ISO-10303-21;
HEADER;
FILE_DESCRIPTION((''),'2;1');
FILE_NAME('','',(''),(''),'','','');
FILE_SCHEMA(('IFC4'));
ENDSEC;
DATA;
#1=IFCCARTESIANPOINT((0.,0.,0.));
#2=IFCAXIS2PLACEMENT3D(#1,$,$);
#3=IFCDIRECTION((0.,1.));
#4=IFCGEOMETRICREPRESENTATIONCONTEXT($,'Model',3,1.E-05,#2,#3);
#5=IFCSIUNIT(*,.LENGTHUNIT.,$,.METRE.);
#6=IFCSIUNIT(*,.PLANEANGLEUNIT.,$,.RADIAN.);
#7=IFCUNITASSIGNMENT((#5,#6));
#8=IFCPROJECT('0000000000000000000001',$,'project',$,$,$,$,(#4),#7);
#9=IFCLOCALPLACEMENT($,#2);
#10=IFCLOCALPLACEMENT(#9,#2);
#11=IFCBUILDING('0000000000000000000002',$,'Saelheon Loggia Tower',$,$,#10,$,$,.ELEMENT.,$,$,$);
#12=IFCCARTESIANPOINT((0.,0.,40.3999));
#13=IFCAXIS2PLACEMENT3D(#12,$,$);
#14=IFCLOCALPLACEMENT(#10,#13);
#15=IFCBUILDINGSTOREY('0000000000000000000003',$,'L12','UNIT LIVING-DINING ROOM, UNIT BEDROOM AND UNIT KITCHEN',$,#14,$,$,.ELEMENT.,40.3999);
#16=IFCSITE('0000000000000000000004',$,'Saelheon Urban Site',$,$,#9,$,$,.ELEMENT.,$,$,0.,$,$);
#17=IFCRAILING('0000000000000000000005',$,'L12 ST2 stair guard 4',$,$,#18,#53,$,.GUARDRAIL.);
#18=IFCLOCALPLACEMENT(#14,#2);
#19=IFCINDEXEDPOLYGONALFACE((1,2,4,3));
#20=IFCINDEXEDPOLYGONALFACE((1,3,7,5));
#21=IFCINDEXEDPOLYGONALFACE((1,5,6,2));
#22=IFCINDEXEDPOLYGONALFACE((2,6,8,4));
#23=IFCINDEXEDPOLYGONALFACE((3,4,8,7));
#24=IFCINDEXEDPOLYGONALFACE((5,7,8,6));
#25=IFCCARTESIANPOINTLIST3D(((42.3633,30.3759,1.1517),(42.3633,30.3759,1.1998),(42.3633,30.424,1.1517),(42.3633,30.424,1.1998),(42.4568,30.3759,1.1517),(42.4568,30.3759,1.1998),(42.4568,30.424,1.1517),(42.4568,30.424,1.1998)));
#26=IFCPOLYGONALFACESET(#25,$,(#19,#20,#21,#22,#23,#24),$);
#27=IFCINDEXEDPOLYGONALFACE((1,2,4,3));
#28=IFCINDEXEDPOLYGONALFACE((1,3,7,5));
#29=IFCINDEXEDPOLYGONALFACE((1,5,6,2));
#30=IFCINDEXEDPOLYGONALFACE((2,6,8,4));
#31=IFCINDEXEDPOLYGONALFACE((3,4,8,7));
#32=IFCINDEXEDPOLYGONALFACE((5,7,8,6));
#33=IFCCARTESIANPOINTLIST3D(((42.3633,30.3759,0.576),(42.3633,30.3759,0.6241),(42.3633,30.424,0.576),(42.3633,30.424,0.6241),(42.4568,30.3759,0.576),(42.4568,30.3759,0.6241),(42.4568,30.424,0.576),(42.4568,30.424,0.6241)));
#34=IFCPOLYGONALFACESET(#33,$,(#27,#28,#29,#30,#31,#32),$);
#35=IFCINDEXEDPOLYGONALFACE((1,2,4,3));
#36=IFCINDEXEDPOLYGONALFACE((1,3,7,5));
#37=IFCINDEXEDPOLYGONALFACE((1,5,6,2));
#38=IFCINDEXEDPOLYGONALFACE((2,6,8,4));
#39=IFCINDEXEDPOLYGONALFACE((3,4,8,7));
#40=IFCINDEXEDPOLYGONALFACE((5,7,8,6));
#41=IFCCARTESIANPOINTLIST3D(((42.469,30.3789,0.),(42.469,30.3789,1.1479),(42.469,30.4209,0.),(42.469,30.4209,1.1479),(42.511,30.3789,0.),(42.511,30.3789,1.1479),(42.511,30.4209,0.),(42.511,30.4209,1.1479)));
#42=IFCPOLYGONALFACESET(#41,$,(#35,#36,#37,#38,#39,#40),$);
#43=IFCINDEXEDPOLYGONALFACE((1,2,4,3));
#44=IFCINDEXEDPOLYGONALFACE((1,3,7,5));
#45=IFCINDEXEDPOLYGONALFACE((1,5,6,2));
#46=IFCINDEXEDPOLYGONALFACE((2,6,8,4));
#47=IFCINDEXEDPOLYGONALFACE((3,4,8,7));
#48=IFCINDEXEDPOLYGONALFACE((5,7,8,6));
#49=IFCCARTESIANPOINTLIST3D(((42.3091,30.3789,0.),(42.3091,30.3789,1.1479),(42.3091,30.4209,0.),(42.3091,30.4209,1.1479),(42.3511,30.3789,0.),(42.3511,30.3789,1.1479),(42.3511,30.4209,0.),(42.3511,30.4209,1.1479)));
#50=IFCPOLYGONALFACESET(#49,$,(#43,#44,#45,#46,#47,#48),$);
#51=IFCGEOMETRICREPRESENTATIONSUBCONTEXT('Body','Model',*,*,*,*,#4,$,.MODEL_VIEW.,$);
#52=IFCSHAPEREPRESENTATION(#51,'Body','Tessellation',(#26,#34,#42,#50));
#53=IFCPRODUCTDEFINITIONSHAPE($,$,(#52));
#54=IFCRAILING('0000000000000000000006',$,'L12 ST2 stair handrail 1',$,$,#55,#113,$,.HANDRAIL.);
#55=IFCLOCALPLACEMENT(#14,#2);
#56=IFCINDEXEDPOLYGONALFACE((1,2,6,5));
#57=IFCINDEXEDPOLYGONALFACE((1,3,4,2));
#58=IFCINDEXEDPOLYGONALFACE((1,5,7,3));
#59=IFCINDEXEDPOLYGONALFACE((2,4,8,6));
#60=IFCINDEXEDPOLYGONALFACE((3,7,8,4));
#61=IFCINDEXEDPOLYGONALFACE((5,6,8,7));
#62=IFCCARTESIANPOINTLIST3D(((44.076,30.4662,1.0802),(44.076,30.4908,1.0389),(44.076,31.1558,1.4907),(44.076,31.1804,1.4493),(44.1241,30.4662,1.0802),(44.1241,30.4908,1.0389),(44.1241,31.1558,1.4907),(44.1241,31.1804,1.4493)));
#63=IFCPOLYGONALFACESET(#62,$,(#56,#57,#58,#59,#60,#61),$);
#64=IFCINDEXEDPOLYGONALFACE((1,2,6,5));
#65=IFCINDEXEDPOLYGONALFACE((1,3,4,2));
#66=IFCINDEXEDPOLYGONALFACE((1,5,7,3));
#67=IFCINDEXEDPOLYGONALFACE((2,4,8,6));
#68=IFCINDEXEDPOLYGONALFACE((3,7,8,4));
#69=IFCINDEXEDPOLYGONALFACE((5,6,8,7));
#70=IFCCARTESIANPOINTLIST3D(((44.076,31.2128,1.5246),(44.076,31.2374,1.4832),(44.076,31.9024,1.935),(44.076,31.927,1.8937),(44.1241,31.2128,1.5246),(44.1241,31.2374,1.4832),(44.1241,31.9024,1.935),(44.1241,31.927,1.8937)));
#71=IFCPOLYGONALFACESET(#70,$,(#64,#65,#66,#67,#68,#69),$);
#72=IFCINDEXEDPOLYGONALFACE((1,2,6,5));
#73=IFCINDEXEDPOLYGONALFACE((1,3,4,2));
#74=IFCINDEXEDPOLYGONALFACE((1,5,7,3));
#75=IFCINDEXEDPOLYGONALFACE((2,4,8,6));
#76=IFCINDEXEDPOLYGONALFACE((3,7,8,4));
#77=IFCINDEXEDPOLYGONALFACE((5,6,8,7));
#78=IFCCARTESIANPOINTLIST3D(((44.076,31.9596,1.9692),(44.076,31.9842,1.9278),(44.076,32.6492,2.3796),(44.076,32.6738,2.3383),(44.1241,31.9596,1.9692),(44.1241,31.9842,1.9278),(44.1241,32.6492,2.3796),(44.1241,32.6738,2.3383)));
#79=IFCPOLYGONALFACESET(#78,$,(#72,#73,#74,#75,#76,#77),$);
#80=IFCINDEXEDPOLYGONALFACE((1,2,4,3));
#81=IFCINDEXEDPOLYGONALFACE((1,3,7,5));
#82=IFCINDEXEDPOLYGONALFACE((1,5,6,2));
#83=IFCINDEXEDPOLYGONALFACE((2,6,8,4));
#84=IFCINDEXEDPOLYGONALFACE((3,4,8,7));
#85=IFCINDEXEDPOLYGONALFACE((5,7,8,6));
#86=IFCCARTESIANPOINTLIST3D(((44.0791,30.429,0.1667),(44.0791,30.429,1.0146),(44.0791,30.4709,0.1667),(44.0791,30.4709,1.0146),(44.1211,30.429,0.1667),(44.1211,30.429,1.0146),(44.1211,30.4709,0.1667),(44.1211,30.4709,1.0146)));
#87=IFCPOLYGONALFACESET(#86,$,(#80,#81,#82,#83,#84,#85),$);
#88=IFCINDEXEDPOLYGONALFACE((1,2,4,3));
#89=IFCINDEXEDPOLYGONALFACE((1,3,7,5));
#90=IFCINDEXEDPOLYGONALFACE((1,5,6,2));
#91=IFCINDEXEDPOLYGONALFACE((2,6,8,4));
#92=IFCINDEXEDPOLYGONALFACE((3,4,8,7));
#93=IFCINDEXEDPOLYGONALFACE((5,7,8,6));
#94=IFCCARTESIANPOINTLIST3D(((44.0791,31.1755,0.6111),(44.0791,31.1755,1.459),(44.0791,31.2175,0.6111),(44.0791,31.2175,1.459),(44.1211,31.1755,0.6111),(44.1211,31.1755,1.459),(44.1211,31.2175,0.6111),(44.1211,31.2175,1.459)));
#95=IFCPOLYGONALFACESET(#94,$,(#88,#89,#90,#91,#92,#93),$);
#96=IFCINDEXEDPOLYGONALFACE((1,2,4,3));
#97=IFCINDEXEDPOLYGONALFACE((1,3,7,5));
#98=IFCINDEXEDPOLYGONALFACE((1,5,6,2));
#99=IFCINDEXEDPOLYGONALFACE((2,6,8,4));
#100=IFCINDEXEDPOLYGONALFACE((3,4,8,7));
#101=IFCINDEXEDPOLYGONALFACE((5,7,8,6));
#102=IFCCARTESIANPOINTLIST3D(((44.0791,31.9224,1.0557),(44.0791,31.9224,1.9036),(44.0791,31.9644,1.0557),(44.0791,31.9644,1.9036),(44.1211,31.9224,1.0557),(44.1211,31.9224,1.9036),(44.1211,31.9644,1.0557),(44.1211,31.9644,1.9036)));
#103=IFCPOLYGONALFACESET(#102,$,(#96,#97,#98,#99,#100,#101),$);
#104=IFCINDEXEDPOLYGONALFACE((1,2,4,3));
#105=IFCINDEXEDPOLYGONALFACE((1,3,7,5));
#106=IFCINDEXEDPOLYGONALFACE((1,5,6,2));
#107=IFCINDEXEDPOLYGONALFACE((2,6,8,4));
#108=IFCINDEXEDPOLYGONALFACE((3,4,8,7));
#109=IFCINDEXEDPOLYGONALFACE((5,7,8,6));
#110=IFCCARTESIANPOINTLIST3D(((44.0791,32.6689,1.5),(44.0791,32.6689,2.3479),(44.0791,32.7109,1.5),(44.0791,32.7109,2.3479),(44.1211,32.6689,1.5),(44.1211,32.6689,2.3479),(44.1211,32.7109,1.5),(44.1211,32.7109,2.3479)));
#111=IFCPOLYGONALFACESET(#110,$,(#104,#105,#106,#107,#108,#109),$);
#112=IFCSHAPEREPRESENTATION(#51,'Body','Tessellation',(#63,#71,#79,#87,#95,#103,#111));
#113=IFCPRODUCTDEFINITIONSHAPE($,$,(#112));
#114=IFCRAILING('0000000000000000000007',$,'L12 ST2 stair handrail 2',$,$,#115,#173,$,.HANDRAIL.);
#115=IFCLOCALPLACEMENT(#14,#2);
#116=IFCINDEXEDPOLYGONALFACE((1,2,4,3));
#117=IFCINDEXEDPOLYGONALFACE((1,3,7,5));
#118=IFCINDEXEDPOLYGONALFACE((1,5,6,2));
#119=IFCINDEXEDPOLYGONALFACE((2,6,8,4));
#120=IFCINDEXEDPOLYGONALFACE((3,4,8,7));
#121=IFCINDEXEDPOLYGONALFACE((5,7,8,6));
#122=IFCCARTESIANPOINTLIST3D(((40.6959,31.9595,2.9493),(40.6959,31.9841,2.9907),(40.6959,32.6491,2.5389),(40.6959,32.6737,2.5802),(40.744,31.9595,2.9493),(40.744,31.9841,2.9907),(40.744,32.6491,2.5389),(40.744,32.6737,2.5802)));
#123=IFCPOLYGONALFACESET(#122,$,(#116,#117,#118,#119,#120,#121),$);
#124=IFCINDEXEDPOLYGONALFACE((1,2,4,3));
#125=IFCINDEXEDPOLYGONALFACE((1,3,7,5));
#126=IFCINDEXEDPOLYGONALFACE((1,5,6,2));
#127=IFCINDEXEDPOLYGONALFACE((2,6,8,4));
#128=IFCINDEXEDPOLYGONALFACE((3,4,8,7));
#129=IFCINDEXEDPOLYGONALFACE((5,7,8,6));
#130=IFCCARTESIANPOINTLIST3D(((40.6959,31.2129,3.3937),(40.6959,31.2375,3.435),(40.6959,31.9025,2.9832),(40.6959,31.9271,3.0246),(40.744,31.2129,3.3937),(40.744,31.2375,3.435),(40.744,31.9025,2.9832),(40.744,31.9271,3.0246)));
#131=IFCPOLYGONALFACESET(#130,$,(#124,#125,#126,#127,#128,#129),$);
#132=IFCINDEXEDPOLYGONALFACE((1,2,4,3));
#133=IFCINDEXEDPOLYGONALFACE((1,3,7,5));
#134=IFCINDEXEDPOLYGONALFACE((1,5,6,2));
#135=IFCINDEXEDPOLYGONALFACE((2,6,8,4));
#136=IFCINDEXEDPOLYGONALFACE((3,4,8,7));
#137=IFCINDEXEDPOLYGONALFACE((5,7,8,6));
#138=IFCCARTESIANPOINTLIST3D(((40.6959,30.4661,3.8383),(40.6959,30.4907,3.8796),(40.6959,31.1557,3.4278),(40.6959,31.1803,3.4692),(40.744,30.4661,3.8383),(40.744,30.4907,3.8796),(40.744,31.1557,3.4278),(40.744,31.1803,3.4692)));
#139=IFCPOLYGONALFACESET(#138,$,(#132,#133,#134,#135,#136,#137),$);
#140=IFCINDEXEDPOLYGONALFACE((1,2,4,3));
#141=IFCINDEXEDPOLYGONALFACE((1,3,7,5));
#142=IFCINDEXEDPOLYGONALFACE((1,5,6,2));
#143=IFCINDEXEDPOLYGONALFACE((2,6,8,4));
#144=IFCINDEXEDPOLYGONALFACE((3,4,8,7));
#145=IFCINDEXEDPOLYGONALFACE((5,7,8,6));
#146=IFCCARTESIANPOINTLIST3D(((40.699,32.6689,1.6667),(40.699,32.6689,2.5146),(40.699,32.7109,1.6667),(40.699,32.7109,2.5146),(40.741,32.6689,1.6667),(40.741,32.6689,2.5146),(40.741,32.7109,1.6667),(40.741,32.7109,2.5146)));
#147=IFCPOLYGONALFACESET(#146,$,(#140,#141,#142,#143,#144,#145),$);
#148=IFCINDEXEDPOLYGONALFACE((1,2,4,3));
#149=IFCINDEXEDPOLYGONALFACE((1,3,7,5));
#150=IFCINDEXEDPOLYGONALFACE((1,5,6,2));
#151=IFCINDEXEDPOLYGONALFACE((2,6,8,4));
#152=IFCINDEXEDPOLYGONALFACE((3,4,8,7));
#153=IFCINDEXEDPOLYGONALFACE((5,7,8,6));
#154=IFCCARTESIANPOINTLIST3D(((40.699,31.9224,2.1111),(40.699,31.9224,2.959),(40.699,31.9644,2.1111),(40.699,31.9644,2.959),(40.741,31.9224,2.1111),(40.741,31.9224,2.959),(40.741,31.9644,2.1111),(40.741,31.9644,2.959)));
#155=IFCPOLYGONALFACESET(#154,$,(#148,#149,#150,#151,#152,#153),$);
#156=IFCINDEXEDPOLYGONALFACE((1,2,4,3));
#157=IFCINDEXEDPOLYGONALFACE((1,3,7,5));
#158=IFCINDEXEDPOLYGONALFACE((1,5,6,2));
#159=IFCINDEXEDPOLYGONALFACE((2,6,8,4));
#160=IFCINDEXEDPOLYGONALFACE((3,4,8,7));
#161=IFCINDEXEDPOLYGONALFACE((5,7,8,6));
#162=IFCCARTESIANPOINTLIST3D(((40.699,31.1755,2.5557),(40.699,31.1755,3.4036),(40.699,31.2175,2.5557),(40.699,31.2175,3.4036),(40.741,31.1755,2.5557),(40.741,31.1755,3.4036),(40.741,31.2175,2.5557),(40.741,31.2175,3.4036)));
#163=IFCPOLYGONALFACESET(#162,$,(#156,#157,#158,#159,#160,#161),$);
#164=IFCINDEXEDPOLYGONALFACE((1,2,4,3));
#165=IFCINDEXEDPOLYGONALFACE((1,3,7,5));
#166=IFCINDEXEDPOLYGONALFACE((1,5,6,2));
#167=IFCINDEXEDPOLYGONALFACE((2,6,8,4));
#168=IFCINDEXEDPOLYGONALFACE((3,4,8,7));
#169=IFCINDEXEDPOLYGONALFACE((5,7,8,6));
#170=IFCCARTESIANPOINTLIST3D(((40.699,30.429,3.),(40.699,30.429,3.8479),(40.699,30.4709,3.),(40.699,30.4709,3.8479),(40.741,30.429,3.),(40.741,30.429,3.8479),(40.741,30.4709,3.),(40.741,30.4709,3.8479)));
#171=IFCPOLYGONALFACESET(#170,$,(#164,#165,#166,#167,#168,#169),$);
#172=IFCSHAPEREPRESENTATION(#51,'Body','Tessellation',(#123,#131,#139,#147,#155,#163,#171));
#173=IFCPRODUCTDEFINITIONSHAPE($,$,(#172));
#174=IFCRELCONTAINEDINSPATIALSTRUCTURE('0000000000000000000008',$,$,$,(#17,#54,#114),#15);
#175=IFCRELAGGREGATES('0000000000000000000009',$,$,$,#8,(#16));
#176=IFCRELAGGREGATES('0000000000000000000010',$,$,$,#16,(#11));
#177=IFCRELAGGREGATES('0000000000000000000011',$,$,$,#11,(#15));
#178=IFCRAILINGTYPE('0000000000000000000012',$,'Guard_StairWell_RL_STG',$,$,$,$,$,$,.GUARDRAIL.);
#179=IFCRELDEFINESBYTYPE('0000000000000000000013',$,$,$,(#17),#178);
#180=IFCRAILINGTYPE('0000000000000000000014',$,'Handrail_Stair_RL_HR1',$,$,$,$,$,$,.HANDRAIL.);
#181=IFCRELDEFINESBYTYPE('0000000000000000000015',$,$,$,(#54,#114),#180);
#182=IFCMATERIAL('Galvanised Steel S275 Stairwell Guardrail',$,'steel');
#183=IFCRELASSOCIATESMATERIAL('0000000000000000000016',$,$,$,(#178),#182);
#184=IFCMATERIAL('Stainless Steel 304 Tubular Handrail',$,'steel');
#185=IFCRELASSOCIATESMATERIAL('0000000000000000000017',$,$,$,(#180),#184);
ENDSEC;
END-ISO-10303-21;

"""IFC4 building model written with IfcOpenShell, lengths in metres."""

from ifc_helpers import new_model, si_unit, direction, frame, origin, origin_2d, place, context, subcontext, project, spatial, rectangle, extrude, material, type_object, element, save


model = new_model("IFC4")

# Units and contexts
model_context = context("Model", 3, precision=1e-05, world=origin(), true_north=direction((0.0, 1.0)))
body_context = subcontext(model_context, "Body", "Model", "MODEL_VIEW")
ifc_project = project(units=[si_unit("LENGTHUNIT", "METRE"), si_unit("PLANEANGLEUNIT", "RADIAN")], contexts=[model_context])

# Site, building, storey
site_placement = place(None, origin())
site = spatial("IfcSite", under=ifc_project, at=site_placement, Name="Saelheon Urban Site", CompositionType="ELEMENT", RefElevation=0.0)
building_placement = place(site_placement, origin())
building = spatial("IfcBuilding", under=site, at=building_placement, Name="Saelheon Loggia Tower", CompositionType="ELEMENT")
storey_placement = place(building_placement, frame((0.0, 0.0, 40.3999)))
storey = spatial("IfcBuildingStorey", under=building, at=storey_placement, Name="L12", Description="UNIT LIVING-DINING ROOM, UNIT BEDROOM AND UNIT KITCHEN", CompositionType="ELEMENT", Elevation=40.3999)

# Railings
ifc_material_1 = material(Name="Galvanised Steel S275 Stairwell Guardrail", Category="steel")
railing_type_1 = type_object("IfcRailingType", Name="Guard_StairWell_RL_STG", PredefinedType="GUARDRAIL", material=ifc_material_1)
railing_1_placement = place(storey_placement, frame((42.49, 30.3999, 0.0)))
element("IfcRailing", 1, at=railing_1_placement, inside=storey, type_object=railing_type_1, Name="L12 ST2 stair guard 4", PredefinedType="GUARDRAIL", context=body_context, shape_type="SweptSolid", body=[
    extrude(rectangle(XDim=0.0481, YDim=0.0481, at=origin_2d()), frame((-0.0332, 0.0, 1.1758), z_axis=(-1.0, 0.0, 0.0), x_axis=(0.0, -1.0, 0.0)), (0.0, 0.0, 1.0), 0.0935),
    extrude(rectangle(XDim=0.0481, YDim=0.0481, at=origin_2d()), frame((-0.0332, 0.0, 0.6001), z_axis=(-1.0, 0.0, 0.0), x_axis=(0.0, -1.0, 0.0)), (0.0, 0.0, 1.0), 0.0935),
    extrude(rectangle(XDim=0.042, YDim=0.042, at=origin_2d()), origin(), (0.0, 0.0, 1.0), 1.1479),
    extrude(rectangle(XDim=0.042, YDim=0.042, at=origin_2d()), frame((-0.1599, 0.0, 0.0)), (0.0, 0.0, 1.0), 1.1479),
])
ifc_material_2 = material(Name="Stainless Steel 304 Tubular Handrail", Category="steel")
railing_type_2 = type_object("IfcRailingType", Name="Handrail_Stair_RL_HR1", PredefinedType="HANDRAIL", material=ifc_material_2)
railing_2_placement = place(storey_placement, frame((44.1001, 30.45, 0.1667)))
element("IfcRailing", 2, at=railing_2_placement, inside=storey, type_object=railing_type_2, Name="L12 ST2 stair handrail 1", PredefinedType="HANDRAIL", context=body_context, shape_type="SweptSolid", body=[
    extrude(rectangle(XDim=0.0481, YDim=0.0481, at=origin_2d()), frame((0.0, 0.0286, 0.8928), z_axis=(0.0, 0.859306, 0.511462), x_axis=(-1.0, 0.0, 0.0)), (0.0, 0.0, 1.0), 0.8025),
    extrude(rectangle(XDim=0.0481, YDim=0.0481, at=origin_2d()), frame((0.0, 0.7751, 1.3372), z_axis=(0.0, 0.859306, 0.511462), x_axis=(-1.0, 0.0, 0.0)), (0.0, 0.0, 1.0), 0.8025),
    extrude(rectangle(XDim=0.0481, YDim=0.0481, at=origin_2d()), frame((0.0, 1.522, 1.7817), z_axis=(0.0, 0.859306, 0.511462), x_axis=(-1.0, 0.0, 0.0)), (0.0, 0.0, 1.0), 0.8025),
    extrude(rectangle(XDim=0.042, YDim=0.042, at=origin_2d()), origin(), (0.0, 0.0, 1.0), 0.8479),
    extrude(rectangle(XDim=0.042, YDim=0.042, at=origin_2d()), frame((0.0, 0.7466, 0.4443)), (0.0, 0.0, 1.0), 0.8479),
    extrude(rectangle(XDim=0.042, YDim=0.042, at=origin_2d()), frame((0.0, 1.4934, 0.8889)), (0.0, 0.0, 1.0), 0.8479),
    extrude(rectangle(XDim=0.042, YDim=0.042, at=origin_2d()), frame((0.0, 2.24, 1.3333)), (0.0, 0.0, 1.0), 0.8479),
])
railing_3_placement = place(storey_placement, frame((40.72, 32.6899, 1.6667)))
element("IfcRailing", 3, at=railing_3_placement, inside=storey, type_object=railing_type_2, Name="L12 ST2 stair handrail 2", PredefinedType="HANDRAIL", context=body_context, shape_type="SweptSolid", body=[
    extrude(rectangle(XDim=0.0481, YDim=0.0481, at=origin_2d()), frame((0.0, -0.0286, 0.8928), z_axis=(0.0, -0.859306, 0.511462), x_axis=(1.0, 0.0, 0.0)), (0.0, 0.0, 1.0), 0.8025),
    extrude(rectangle(XDim=0.0481, YDim=0.0481, at=origin_2d()), frame((0.0, -0.7751, 1.3372), z_axis=(0.0, -0.859306, 0.511462), x_axis=(1.0, 0.0, 0.0)), (0.0, 0.0, 1.0), 0.8025),
    extrude(rectangle(XDim=0.0481, YDim=0.0481, at=origin_2d()), frame((0.0, -1.522, 1.7817), z_axis=(0.0, -0.859306, 0.511462), x_axis=(1.0, 0.0, 0.0)), (0.0, 0.0, 1.0), 0.8025),
    extrude(rectangle(XDim=0.042, YDim=0.042, at=origin_2d()), origin(), (0.0, 0.0, 1.0), 0.8479),
    extrude(rectangle(XDim=0.042, YDim=0.042, at=origin_2d()), frame((0.0, -0.7466, 0.4443)), (0.0, 0.0, 1.0), 0.8479),
    extrude(rectangle(XDim=0.042, YDim=0.042, at=origin_2d()), frame((0.0, -1.4934, 0.8889)), (0.0, 0.0, 1.0), 0.8479),
    extrude(rectangle(XDim=0.042, YDim=0.042, at=origin_2d()), frame((0.0, -2.24, 1.3333)), (0.0, 0.0, 1.0), 0.8479),
])

save(model, "model.ifc")
